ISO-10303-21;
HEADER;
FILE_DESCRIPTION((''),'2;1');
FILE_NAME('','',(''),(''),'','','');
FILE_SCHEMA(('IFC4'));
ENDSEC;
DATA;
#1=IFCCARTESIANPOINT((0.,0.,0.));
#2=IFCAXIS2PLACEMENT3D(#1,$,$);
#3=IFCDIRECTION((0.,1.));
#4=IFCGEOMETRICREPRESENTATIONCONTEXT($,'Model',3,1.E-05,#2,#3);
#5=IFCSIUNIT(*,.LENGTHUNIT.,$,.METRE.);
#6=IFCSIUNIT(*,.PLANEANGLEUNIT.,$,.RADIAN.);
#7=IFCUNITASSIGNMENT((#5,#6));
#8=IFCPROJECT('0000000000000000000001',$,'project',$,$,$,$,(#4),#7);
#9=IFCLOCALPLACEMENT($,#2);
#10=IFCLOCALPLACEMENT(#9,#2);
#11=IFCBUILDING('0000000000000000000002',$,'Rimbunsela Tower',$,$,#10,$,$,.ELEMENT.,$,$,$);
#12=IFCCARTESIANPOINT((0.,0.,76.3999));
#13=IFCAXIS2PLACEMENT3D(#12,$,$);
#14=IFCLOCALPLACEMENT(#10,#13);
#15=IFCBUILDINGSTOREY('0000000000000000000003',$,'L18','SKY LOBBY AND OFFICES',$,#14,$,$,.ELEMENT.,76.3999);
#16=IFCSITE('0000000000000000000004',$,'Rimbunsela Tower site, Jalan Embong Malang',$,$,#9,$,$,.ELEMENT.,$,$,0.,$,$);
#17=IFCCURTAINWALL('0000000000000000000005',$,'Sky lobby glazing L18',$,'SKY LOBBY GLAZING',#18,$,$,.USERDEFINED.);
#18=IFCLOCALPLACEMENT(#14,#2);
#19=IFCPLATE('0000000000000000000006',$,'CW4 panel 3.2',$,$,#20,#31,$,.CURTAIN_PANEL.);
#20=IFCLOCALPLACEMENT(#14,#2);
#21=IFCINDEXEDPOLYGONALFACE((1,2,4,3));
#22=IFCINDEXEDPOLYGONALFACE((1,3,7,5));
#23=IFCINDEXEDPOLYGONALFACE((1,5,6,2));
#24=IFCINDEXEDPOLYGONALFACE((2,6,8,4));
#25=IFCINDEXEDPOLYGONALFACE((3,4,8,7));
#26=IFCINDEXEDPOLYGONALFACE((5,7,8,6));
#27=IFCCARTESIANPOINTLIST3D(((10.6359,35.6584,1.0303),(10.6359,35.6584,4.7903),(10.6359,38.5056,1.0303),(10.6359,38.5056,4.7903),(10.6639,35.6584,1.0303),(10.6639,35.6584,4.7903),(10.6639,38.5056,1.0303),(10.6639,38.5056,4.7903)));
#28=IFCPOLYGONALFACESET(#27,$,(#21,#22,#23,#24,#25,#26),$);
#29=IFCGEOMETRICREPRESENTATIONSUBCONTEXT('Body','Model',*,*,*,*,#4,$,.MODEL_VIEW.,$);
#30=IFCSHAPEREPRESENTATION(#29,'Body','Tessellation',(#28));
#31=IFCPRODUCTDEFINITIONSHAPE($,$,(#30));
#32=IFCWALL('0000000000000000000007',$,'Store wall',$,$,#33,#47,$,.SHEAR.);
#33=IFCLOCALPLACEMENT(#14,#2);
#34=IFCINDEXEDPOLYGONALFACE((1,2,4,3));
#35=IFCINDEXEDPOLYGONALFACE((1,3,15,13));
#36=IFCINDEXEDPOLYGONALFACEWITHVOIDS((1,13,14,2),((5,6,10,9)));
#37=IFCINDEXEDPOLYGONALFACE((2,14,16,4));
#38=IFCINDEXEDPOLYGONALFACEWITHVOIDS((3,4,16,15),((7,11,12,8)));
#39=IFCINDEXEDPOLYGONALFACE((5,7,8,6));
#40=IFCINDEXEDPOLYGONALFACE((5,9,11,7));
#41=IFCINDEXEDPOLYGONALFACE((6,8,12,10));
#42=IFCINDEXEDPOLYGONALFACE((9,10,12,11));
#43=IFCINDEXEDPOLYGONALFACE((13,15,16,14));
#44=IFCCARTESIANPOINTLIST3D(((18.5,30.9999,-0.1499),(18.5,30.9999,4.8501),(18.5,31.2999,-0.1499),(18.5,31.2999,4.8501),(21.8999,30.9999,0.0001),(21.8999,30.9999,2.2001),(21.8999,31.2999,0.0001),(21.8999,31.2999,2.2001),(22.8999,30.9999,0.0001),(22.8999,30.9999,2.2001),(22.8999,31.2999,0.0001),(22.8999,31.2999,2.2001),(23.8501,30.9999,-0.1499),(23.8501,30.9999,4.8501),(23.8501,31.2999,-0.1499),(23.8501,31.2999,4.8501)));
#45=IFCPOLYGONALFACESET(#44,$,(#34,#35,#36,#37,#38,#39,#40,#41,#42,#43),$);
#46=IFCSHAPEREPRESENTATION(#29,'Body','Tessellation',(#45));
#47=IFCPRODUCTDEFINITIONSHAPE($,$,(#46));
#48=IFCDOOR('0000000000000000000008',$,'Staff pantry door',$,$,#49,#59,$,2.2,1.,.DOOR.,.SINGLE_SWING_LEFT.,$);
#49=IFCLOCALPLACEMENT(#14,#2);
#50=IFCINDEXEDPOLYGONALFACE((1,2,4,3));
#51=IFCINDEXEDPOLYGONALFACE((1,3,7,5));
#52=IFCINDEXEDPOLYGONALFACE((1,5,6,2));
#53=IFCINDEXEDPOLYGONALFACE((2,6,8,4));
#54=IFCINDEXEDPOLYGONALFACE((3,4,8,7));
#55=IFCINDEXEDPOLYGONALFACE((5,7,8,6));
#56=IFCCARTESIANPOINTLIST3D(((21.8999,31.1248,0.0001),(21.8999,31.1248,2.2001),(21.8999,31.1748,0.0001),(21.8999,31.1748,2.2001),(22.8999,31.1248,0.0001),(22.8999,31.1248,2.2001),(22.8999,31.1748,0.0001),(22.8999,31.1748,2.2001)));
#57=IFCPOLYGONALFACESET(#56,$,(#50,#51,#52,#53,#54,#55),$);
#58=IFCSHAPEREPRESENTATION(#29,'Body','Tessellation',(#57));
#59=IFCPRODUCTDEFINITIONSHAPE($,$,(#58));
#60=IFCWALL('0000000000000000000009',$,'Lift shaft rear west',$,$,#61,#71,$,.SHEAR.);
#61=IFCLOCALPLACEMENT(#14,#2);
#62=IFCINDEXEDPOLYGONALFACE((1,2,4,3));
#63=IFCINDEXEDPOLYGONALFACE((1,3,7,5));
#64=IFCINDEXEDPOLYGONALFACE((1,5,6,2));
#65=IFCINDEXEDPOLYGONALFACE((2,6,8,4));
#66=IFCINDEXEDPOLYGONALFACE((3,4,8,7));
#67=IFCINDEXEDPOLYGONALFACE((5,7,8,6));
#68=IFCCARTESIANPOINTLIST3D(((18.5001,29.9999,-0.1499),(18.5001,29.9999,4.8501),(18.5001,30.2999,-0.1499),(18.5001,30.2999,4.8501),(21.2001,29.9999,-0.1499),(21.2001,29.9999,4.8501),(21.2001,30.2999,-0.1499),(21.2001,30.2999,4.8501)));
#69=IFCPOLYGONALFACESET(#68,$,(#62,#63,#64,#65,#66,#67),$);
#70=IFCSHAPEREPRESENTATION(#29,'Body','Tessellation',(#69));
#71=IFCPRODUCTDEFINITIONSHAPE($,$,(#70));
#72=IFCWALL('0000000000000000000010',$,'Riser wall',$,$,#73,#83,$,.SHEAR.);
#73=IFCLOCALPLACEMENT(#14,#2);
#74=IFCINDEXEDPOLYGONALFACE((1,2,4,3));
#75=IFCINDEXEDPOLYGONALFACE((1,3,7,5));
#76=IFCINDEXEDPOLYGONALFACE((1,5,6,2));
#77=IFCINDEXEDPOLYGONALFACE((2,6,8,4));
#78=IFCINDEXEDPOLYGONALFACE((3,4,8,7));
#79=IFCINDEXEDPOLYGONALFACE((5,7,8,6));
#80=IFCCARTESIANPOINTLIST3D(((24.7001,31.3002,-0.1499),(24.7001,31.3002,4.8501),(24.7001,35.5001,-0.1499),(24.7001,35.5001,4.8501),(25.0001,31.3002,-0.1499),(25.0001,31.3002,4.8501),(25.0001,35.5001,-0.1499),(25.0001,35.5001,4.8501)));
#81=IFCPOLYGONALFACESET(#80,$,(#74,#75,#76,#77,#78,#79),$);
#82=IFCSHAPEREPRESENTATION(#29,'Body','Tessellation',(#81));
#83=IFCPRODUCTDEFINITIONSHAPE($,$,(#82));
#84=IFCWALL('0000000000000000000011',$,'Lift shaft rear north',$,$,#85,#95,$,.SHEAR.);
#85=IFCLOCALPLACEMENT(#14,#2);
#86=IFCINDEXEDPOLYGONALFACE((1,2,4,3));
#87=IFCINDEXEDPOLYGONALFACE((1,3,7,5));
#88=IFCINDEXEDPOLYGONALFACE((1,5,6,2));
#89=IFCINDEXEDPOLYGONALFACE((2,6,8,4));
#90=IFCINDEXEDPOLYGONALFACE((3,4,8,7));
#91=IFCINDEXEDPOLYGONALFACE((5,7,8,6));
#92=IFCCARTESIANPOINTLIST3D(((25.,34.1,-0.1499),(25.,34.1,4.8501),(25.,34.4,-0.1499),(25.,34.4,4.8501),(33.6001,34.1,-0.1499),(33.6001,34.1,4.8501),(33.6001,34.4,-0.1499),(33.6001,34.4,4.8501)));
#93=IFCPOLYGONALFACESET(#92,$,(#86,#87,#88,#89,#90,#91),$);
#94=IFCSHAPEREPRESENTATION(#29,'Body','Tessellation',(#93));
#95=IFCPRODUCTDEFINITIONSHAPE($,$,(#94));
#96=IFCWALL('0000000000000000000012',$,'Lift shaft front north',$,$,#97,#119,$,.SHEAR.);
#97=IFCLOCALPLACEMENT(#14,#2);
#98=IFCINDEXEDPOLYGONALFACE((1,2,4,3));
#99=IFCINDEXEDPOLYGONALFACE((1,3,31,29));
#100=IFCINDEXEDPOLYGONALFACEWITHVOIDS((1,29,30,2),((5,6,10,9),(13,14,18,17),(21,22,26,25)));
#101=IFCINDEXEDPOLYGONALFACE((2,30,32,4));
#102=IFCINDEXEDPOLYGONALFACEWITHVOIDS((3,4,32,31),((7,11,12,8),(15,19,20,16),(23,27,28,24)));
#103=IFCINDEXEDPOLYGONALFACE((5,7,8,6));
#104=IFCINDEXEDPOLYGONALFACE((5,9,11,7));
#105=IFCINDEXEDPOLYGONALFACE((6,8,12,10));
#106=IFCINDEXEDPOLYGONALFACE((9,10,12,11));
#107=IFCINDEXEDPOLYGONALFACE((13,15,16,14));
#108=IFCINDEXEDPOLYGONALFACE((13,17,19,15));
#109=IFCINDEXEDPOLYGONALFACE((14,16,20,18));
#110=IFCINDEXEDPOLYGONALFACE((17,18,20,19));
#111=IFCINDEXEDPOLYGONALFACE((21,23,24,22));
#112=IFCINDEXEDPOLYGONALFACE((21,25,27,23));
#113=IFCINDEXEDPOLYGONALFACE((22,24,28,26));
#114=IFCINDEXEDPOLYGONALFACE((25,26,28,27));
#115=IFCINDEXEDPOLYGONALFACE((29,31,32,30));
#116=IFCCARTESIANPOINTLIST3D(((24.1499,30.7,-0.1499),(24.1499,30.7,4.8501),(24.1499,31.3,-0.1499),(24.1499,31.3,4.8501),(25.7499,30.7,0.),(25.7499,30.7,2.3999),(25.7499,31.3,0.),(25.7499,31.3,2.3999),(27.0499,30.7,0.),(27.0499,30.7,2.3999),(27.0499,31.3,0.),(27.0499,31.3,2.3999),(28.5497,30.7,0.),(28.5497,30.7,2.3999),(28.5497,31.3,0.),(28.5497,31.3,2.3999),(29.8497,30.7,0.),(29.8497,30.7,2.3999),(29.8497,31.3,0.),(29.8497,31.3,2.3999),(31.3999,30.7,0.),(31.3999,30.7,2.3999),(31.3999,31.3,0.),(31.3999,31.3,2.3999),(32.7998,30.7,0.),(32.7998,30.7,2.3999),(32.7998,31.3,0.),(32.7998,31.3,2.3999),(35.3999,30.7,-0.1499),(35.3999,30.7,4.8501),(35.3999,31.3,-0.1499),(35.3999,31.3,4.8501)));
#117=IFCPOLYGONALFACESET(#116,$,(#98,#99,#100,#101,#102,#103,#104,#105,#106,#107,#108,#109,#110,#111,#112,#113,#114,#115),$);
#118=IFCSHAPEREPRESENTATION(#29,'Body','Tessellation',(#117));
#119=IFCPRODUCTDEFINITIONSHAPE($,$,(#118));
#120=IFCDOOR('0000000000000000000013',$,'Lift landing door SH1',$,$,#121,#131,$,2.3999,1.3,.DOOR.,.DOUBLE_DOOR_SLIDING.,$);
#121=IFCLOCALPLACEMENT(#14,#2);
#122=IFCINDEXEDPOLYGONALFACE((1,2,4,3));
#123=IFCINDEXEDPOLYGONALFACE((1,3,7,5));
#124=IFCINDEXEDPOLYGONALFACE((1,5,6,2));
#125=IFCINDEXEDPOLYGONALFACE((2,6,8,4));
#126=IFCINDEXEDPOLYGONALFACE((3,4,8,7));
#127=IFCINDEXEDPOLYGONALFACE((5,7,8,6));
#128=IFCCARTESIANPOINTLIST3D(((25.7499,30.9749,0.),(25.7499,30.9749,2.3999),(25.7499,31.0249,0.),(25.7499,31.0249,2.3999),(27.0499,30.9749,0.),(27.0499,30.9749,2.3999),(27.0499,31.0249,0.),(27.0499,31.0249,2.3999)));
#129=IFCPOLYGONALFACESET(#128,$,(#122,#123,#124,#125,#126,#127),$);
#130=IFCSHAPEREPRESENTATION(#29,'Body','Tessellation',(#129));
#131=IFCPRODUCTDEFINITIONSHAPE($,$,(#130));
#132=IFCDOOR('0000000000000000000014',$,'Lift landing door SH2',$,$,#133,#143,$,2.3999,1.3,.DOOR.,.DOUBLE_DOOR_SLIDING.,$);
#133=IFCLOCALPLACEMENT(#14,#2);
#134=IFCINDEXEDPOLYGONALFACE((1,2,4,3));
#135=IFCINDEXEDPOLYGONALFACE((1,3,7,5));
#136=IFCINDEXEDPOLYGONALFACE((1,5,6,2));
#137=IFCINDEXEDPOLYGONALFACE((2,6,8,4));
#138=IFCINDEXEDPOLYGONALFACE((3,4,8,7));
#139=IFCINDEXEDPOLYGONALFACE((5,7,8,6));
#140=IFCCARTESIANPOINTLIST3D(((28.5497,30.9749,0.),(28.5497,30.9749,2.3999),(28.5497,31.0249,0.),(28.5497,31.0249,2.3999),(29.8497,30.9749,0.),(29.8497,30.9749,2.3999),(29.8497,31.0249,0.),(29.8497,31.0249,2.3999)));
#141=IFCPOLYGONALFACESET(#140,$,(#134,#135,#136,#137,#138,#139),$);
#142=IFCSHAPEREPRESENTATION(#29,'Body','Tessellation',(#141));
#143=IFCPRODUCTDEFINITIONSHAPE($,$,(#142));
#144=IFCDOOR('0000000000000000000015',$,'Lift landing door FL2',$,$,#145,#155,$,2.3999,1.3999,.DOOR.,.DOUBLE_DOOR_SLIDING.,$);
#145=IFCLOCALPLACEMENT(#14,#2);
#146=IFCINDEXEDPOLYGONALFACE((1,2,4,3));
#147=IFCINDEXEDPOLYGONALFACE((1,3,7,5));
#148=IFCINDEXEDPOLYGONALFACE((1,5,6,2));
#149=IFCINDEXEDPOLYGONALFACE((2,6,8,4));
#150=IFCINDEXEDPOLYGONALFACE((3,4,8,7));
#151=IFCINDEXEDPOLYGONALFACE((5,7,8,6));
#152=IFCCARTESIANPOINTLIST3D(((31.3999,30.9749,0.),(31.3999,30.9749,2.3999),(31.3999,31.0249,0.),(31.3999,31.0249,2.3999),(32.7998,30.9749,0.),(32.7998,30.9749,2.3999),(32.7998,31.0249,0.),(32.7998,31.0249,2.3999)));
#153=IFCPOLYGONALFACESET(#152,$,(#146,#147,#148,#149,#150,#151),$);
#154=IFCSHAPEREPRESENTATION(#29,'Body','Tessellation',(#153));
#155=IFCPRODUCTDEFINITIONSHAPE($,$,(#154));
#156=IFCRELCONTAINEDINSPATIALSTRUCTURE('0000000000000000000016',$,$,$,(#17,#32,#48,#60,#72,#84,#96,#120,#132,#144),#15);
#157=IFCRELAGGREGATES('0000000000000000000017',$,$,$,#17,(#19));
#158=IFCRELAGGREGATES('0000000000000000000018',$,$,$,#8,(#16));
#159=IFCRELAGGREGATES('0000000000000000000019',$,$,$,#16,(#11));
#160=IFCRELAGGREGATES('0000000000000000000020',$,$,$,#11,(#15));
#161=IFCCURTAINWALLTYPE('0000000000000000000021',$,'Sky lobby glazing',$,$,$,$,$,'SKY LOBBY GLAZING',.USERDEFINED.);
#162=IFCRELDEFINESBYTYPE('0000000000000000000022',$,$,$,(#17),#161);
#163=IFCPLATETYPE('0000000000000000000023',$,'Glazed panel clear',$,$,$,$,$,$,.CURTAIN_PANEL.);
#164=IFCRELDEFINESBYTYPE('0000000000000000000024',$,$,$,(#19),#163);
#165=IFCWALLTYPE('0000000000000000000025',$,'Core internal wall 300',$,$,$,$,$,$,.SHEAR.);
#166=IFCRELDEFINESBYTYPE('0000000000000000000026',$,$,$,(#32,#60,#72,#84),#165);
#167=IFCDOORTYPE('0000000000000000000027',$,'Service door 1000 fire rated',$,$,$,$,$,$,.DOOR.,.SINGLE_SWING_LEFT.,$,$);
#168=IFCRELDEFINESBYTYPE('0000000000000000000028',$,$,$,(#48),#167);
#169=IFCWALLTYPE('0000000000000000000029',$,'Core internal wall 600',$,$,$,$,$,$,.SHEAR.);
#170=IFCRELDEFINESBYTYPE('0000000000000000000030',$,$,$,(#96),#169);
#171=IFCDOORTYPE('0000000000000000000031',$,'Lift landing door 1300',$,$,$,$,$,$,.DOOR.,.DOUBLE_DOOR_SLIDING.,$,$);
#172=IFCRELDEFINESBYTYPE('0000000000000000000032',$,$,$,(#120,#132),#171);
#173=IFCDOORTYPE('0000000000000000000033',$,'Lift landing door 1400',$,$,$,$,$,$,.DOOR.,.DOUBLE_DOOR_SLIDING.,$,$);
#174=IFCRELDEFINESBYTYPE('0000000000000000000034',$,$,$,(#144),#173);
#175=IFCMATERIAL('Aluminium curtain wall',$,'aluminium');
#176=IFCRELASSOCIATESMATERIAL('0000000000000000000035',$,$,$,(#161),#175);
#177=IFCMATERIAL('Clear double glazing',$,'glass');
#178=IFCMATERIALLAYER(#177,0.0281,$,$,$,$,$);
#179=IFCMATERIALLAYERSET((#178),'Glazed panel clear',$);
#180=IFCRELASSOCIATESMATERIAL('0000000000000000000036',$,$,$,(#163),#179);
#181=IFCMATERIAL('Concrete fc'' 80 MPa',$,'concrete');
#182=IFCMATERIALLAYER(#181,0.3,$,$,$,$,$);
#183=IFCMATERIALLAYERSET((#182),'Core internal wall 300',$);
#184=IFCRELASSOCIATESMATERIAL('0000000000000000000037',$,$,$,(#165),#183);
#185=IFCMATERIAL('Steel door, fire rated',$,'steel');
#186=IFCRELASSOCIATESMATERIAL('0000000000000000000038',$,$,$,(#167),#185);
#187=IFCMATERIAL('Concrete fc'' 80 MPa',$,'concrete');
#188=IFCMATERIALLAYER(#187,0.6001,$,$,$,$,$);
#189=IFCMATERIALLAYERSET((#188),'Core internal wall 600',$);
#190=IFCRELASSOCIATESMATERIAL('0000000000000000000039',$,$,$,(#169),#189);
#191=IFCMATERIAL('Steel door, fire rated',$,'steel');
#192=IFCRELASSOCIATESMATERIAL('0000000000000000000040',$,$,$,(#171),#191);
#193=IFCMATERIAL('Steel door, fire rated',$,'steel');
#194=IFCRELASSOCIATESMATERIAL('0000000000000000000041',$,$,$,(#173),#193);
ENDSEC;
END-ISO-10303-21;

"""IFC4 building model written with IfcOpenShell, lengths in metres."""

from ifc_helpers import new_model, si_unit, direction, frame, frame_2d, origin, origin_2d, place, context, subcontext, project, spatial, rectangle, extrude, material, layer, layer_set, type_object, element, fill, aggregate, save


model = new_model("IFC4")

# Units and contexts
model_context = context("Model", 3, precision=1e-05, world=origin(), true_north=direction((0.0, 1.0)))
body_context = subcontext(model_context, "Body", "Model", "MODEL_VIEW")
ifc_project = project(units=[si_unit("LENGTHUNIT", "METRE"), si_unit("PLANEANGLEUNIT", "RADIAN")], contexts=[model_context])

# Site, building, storey
site_placement = place(None, origin())
site = spatial("IfcSite", under=ifc_project, at=site_placement, Name="Rimbunsela Tower site, Jalan Embong Malang", CompositionType="ELEMENT", RefElevation=0.0)
building_placement = place(site_placement, origin())
building = spatial("IfcBuilding", under=site, at=building_placement, Name="Rimbunsela Tower", CompositionType="ELEMENT")
storey_placement = place(building_placement, frame((0.0, 0.0, 76.3999)))
storey = spatial("IfcBuildingStorey", under=building, at=storey_placement, Name="L18", Description="SKY LOBBY AND OFFICES", CompositionType="ELEMENT", Elevation=76.3999)

# Curtain wall, plate
ifc_material_1 = material(Name="Aluminium curtain wall", Category="aluminium")
curtain_wall_type = type_object("IfcCurtainWallType", Name="Sky lobby glazing", ElementType="SKY LOBBY GLAZING", PredefinedType="USERDEFINED", material=ifc_material_1)
curtain_wall_placement = place(storey_placement, origin())
curtain_wall = element("IfcCurtainWall", 1, at=curtain_wall_placement, inside=storey, type_object=curtain_wall_type, Name="Sky lobby glazing L18", ObjectType="SKY LOBBY GLAZING", PredefinedType="USERDEFINED")
ifc_material_2 = material(Name="Clear double glazing", Category="glass")
ifc_layer_1 = layer(ifc_material_2, 0.0281)
ifc_layer_set_1 = layer_set([ifc_layer_1], Name="Glazed panel clear")
plate_type = type_object("IfcPlateType", Name="Glazed panel clear", PredefinedType="CURTAIN_PANEL", material=ifc_layer_set_1)
plate_1_placement = place(storey_placement, frame((10.6499, 37.082, 1.0303), z_axis=(0.0, 0.0, 1.0), x_axis=(0.0, -1.0, 0.0)))
plate_1 = element("IfcPlate", 2, at=plate_1_placement, type_object=plate_type, Name="CW4 panel 3.2", PredefinedType="CURTAIN_PANEL", context=body_context, shape_type="SweptSolid", body=[
    extrude(rectangle(XDim=2.8472, YDim=0.0281, at=origin_2d()), origin(), (0.0, 0.0, 1.0), 3.76),
])
aggregate(curtain_wall, [plate_1])

# Wall, opening, door
ifc_material_3 = material(Name="Concrete fc' 80 MPa", Category="concrete")
ifc_layer_2 = layer(ifc_material_3, 0.3)
ifc_layer_set_2 = layer_set([ifc_layer_2], Name="Core internal wall 300")
wall_type_1 = type_object("IfcWallType", Name="Core internal wall 300", PredefinedType="SHEAR", material=ifc_layer_set_2)
wall_1_placement = place(storey_placement, frame((18.5, 31.1499, -0.1499), z_axis=(0.0, 0.0, 1.0), x_axis=(1.0, 0.0, 0.0)))
wall_1 = element("IfcWall", 3, at=wall_1_placement, inside=storey, type_object=wall_type_1, Name="Store wall", PredefinedType="SHEAR", context=body_context, shape_type="SweptSolid", body=[
    extrude(rectangle(XDim=5.3501, YDim=0.3, at=frame_2d((2.675, 0.0))), origin(), (0.0, 0.0, 1.0), 5.0),
])
opening_1_placement = place(wall_1_placement, frame((3.3999, 0.0, 0.1499)))
opening_1 = element("IfcOpeningElement", 4, at=opening_1_placement, cuts=wall_1, PredefinedType="OPENING", context=body_context, shape_type="SweptSolid", body=[
    extrude(rectangle(XDim=1.0, YDim=2.2, at=frame_2d((0.5, 1.1001))), frame((0.0, 0.1599, 0.0), z_axis=(0.0, -1.0, 0.0), x_axis=(1.0, 0.0, 0.0)), (0.0, 0.0, 1.0), 0.3201),
])
ifc_material_4 = material(Name="Steel door, fire rated", Category="steel")
door_type_1 = type_object("IfcDoorType", Name="Service door 1000 fire rated", OperationType="SINGLE_SWING_LEFT", PredefinedType="DOOR", material=ifc_material_4)
door_1_placement = place(opening_1_placement, origin())
door_1 = element("IfcDoor", 5, at=door_1_placement, inside=storey, type_object=door_type_1, Name="Staff pantry door", OperationType="SINGLE_SWING_LEFT", OverallHeight=2.2, OverallWidth=1.0, PredefinedType="DOOR", context=body_context, shape_type="SweptSolid", body=[
    extrude(rectangle(XDim=1.0, YDim=2.2, at=frame_2d((0.5, 1.1001))), frame((0.0, 0.0249, 0.0), z_axis=(0.0, -1.0, 0.0), x_axis=(1.0, 0.0, 0.0)), (0.0, 0.0, 1.0), 0.05),
])
fill(opening_1, door_1)

# Walls
wall_2_placement = place(storey_placement, frame((18.5, 30.1499, -0.1499), z_axis=(0.0, 0.0, 1.0), x_axis=(1.0, 0.0, 0.0)))
element("IfcWall", 6, at=wall_2_placement, inside=storey, type_object=wall_type_1, Name="Lift shaft rear west", PredefinedType="SHEAR", context=body_context, shape_type="SweptSolid", body=[
    extrude(rectangle(XDim=2.7, YDim=0.3, at=frame_2d((1.3501, 0.0))), origin(), (0.0, 0.0, 1.0), 5.0),
])
wall_3_placement = place(storey_placement, frame((24.8501, 31.3, -0.1499), z_axis=(0.0, 0.0, 1.0), x_axis=(0.0, 1.0, 0.0)))
element("IfcWall", 7, at=wall_3_placement, inside=storey, type_object=wall_type_1, Name="Riser wall", PredefinedType="SHEAR", context=body_context, shape_type="SweptSolid", body=[
    extrude(rectangle(XDim=4.2, YDim=0.3, at=frame_2d((2.1001, 0.0))), origin(), (0.0, 0.0, 1.0), 5.0),
])
wall_4_placement = place(storey_placement, frame((25.0, 34.25, -0.1499), z_axis=(0.0, 0.0, 1.0), x_axis=(1.0, 0.0, 0.0)))
element("IfcWall", 8, at=wall_4_placement, inside=storey, type_object=wall_type_1, Name="Lift shaft rear north", PredefinedType="SHEAR", context=body_context, shape_type="SweptSolid", body=[
    extrude(rectangle(XDim=8.6001, YDim=0.3, at=frame_2d((4.3, 0.0))), origin(), (0.0, 0.0, 1.0), 5.0),
])

# Wall, openings, doors
ifc_material_5 = material(Name="Concrete fc' 80 MPa", Category="concrete")
ifc_layer_3 = layer(ifc_material_5, 0.6001)
ifc_layer_set_3 = layer_set([ifc_layer_3], Name="Core internal wall 600")
wall_type_2 = type_object("IfcWallType", Name="Core internal wall 600", PredefinedType="SHEAR", material=ifc_layer_set_3)
wall_5_placement = place(storey_placement, frame((24.1499, 31.0, -0.1499), z_axis=(0.0, 0.0, 1.0), x_axis=(1.0, 0.0, 0.0)))
wall_5 = element("IfcWall", 9, at=wall_5_placement, inside=storey, type_object=wall_type_2, Name="Lift shaft front north", PredefinedType="SHEAR", context=body_context, shape_type="SweptSolid", body=[
    extrude(rectangle(XDim=11.25, YDim=0.6001, at=frame_2d((5.625, 0.0))), origin(), (0.0, 0.0, 1.0), 5.0),
])
opening_2_placement = place(wall_5_placement, frame((1.6001, 0.0, 0.1499)))
opening_2 = element("IfcOpeningElement", 10, at=opening_2_placement, cuts=wall_5, PredefinedType="OPENING", context=body_context, shape_type="SweptSolid", body=[
    extrude(rectangle(XDim=1.3, YDim=2.3999, at=frame_2d((0.6499, 1.2))), frame((0.0, 0.3101, 0.0), z_axis=(0.0, -1.0, 0.0), x_axis=(1.0, 0.0, 0.0)), (0.0, 0.0, 1.0), 0.6201),
])
opening_3_placement = place(wall_5_placement, frame((4.3999, 0.0, 0.1499)))
opening_3 = element("IfcOpeningElement", 11, at=opening_3_placement, cuts=wall_5, PredefinedType="OPENING", context=body_context, shape_type="SweptSolid", body=[
    extrude(rectangle(XDim=1.3, YDim=2.3999, at=frame_2d((0.6499, 1.2))), frame((0.0, 0.3101, 0.0), z_axis=(0.0, -1.0, 0.0), x_axis=(1.0, 0.0, 0.0)), (0.0, 0.0, 1.0), 0.6201),
])
opening_4_placement = place(wall_5_placement, frame((7.25, 0.0, 0.1499)))
opening_4 = element("IfcOpeningElement", 12, at=opening_4_placement, cuts=wall_5, PredefinedType="OPENING", context=body_context, shape_type="SweptSolid", body=[
    extrude(rectangle(XDim=1.3999, YDim=2.3999, at=frame_2d((0.7, 1.2))), frame((0.0, 0.3101, 0.0), z_axis=(0.0, -1.0, 0.0), x_axis=(1.0, 0.0, 0.0)), (0.0, 0.0, 1.0), 0.6201),
])
ifc_material_6 = material(Name="Steel door, fire rated", Category="steel")
door_type_2 = type_object("IfcDoorType", Name="Lift landing door 1300", OperationType="DOUBLE_DOOR_SLIDING", PredefinedType="DOOR", material=ifc_material_6)
door_2_placement = place(opening_2_placement, origin())
door_2 = element("IfcDoor", 13, at=door_2_placement, inside=storey, type_object=door_type_2, Name="Lift landing door SH1", OperationType="DOUBLE_DOOR_SLIDING", OverallHeight=2.3999, OverallWidth=1.3, PredefinedType="DOOR", context=body_context, shape_type="SweptSolid", body=[
    extrude(rectangle(XDim=1.3, YDim=2.3999, at=frame_2d((0.6499, 1.2))), frame((0.0, 0.0249, 0.0), z_axis=(0.0, -1.0, 0.0), x_axis=(1.0, 0.0, 0.0)), (0.0, 0.0, 1.0), 0.05),
])
fill(opening_2, door_2)
door_3_placement = place(opening_3_placement, origin())
door_3 = element("IfcDoor", 14, at=door_3_placement, inside=storey, type_object=door_type_2, Name="Lift landing door SH2", OperationType="DOUBLE_DOOR_SLIDING", OverallHeight=2.3999, OverallWidth=1.3, PredefinedType="DOOR", context=body_context, shape_type="SweptSolid", body=[
    extrude(rectangle(XDim=1.3, YDim=2.3999, at=frame_2d((0.6499, 1.2))), frame((0.0, 0.0249, 0.0), z_axis=(0.0, -1.0, 0.0), x_axis=(1.0, 0.0, 0.0)), (0.0, 0.0, 1.0), 0.05),
])
fill(opening_3, door_3)
ifc_material_7 = material(Name="Steel door, fire rated", Category="steel")
door_type_3 = type_object("IfcDoorType", Name="Lift landing door 1400", OperationType="DOUBLE_DOOR_SLIDING", PredefinedType="DOOR", material=ifc_material_7)
door_4_placement = place(opening_4_placement, origin())
door_4 = element("IfcDoor", 15, at=door_4_placement, inside=storey, type_object=door_type_3, Name="Lift landing door FL2", OperationType="DOUBLE_DOOR_SLIDING", OverallHeight=2.3999, OverallWidth=1.3999, PredefinedType="DOOR", context=body_context, shape_type="SweptSolid", body=[
    extrude(rectangle(XDim=1.3999, YDim=2.3999, at=frame_2d((0.7, 1.2))), frame((0.0, 0.0249, 0.0), z_axis=(0.0, -1.0, 0.0), x_axis=(1.0, 0.0, 0.0)), (0.0, 0.0, 1.0), 0.05),
])
fill(opening_4, door_4)

save(model, "model.ifc")
